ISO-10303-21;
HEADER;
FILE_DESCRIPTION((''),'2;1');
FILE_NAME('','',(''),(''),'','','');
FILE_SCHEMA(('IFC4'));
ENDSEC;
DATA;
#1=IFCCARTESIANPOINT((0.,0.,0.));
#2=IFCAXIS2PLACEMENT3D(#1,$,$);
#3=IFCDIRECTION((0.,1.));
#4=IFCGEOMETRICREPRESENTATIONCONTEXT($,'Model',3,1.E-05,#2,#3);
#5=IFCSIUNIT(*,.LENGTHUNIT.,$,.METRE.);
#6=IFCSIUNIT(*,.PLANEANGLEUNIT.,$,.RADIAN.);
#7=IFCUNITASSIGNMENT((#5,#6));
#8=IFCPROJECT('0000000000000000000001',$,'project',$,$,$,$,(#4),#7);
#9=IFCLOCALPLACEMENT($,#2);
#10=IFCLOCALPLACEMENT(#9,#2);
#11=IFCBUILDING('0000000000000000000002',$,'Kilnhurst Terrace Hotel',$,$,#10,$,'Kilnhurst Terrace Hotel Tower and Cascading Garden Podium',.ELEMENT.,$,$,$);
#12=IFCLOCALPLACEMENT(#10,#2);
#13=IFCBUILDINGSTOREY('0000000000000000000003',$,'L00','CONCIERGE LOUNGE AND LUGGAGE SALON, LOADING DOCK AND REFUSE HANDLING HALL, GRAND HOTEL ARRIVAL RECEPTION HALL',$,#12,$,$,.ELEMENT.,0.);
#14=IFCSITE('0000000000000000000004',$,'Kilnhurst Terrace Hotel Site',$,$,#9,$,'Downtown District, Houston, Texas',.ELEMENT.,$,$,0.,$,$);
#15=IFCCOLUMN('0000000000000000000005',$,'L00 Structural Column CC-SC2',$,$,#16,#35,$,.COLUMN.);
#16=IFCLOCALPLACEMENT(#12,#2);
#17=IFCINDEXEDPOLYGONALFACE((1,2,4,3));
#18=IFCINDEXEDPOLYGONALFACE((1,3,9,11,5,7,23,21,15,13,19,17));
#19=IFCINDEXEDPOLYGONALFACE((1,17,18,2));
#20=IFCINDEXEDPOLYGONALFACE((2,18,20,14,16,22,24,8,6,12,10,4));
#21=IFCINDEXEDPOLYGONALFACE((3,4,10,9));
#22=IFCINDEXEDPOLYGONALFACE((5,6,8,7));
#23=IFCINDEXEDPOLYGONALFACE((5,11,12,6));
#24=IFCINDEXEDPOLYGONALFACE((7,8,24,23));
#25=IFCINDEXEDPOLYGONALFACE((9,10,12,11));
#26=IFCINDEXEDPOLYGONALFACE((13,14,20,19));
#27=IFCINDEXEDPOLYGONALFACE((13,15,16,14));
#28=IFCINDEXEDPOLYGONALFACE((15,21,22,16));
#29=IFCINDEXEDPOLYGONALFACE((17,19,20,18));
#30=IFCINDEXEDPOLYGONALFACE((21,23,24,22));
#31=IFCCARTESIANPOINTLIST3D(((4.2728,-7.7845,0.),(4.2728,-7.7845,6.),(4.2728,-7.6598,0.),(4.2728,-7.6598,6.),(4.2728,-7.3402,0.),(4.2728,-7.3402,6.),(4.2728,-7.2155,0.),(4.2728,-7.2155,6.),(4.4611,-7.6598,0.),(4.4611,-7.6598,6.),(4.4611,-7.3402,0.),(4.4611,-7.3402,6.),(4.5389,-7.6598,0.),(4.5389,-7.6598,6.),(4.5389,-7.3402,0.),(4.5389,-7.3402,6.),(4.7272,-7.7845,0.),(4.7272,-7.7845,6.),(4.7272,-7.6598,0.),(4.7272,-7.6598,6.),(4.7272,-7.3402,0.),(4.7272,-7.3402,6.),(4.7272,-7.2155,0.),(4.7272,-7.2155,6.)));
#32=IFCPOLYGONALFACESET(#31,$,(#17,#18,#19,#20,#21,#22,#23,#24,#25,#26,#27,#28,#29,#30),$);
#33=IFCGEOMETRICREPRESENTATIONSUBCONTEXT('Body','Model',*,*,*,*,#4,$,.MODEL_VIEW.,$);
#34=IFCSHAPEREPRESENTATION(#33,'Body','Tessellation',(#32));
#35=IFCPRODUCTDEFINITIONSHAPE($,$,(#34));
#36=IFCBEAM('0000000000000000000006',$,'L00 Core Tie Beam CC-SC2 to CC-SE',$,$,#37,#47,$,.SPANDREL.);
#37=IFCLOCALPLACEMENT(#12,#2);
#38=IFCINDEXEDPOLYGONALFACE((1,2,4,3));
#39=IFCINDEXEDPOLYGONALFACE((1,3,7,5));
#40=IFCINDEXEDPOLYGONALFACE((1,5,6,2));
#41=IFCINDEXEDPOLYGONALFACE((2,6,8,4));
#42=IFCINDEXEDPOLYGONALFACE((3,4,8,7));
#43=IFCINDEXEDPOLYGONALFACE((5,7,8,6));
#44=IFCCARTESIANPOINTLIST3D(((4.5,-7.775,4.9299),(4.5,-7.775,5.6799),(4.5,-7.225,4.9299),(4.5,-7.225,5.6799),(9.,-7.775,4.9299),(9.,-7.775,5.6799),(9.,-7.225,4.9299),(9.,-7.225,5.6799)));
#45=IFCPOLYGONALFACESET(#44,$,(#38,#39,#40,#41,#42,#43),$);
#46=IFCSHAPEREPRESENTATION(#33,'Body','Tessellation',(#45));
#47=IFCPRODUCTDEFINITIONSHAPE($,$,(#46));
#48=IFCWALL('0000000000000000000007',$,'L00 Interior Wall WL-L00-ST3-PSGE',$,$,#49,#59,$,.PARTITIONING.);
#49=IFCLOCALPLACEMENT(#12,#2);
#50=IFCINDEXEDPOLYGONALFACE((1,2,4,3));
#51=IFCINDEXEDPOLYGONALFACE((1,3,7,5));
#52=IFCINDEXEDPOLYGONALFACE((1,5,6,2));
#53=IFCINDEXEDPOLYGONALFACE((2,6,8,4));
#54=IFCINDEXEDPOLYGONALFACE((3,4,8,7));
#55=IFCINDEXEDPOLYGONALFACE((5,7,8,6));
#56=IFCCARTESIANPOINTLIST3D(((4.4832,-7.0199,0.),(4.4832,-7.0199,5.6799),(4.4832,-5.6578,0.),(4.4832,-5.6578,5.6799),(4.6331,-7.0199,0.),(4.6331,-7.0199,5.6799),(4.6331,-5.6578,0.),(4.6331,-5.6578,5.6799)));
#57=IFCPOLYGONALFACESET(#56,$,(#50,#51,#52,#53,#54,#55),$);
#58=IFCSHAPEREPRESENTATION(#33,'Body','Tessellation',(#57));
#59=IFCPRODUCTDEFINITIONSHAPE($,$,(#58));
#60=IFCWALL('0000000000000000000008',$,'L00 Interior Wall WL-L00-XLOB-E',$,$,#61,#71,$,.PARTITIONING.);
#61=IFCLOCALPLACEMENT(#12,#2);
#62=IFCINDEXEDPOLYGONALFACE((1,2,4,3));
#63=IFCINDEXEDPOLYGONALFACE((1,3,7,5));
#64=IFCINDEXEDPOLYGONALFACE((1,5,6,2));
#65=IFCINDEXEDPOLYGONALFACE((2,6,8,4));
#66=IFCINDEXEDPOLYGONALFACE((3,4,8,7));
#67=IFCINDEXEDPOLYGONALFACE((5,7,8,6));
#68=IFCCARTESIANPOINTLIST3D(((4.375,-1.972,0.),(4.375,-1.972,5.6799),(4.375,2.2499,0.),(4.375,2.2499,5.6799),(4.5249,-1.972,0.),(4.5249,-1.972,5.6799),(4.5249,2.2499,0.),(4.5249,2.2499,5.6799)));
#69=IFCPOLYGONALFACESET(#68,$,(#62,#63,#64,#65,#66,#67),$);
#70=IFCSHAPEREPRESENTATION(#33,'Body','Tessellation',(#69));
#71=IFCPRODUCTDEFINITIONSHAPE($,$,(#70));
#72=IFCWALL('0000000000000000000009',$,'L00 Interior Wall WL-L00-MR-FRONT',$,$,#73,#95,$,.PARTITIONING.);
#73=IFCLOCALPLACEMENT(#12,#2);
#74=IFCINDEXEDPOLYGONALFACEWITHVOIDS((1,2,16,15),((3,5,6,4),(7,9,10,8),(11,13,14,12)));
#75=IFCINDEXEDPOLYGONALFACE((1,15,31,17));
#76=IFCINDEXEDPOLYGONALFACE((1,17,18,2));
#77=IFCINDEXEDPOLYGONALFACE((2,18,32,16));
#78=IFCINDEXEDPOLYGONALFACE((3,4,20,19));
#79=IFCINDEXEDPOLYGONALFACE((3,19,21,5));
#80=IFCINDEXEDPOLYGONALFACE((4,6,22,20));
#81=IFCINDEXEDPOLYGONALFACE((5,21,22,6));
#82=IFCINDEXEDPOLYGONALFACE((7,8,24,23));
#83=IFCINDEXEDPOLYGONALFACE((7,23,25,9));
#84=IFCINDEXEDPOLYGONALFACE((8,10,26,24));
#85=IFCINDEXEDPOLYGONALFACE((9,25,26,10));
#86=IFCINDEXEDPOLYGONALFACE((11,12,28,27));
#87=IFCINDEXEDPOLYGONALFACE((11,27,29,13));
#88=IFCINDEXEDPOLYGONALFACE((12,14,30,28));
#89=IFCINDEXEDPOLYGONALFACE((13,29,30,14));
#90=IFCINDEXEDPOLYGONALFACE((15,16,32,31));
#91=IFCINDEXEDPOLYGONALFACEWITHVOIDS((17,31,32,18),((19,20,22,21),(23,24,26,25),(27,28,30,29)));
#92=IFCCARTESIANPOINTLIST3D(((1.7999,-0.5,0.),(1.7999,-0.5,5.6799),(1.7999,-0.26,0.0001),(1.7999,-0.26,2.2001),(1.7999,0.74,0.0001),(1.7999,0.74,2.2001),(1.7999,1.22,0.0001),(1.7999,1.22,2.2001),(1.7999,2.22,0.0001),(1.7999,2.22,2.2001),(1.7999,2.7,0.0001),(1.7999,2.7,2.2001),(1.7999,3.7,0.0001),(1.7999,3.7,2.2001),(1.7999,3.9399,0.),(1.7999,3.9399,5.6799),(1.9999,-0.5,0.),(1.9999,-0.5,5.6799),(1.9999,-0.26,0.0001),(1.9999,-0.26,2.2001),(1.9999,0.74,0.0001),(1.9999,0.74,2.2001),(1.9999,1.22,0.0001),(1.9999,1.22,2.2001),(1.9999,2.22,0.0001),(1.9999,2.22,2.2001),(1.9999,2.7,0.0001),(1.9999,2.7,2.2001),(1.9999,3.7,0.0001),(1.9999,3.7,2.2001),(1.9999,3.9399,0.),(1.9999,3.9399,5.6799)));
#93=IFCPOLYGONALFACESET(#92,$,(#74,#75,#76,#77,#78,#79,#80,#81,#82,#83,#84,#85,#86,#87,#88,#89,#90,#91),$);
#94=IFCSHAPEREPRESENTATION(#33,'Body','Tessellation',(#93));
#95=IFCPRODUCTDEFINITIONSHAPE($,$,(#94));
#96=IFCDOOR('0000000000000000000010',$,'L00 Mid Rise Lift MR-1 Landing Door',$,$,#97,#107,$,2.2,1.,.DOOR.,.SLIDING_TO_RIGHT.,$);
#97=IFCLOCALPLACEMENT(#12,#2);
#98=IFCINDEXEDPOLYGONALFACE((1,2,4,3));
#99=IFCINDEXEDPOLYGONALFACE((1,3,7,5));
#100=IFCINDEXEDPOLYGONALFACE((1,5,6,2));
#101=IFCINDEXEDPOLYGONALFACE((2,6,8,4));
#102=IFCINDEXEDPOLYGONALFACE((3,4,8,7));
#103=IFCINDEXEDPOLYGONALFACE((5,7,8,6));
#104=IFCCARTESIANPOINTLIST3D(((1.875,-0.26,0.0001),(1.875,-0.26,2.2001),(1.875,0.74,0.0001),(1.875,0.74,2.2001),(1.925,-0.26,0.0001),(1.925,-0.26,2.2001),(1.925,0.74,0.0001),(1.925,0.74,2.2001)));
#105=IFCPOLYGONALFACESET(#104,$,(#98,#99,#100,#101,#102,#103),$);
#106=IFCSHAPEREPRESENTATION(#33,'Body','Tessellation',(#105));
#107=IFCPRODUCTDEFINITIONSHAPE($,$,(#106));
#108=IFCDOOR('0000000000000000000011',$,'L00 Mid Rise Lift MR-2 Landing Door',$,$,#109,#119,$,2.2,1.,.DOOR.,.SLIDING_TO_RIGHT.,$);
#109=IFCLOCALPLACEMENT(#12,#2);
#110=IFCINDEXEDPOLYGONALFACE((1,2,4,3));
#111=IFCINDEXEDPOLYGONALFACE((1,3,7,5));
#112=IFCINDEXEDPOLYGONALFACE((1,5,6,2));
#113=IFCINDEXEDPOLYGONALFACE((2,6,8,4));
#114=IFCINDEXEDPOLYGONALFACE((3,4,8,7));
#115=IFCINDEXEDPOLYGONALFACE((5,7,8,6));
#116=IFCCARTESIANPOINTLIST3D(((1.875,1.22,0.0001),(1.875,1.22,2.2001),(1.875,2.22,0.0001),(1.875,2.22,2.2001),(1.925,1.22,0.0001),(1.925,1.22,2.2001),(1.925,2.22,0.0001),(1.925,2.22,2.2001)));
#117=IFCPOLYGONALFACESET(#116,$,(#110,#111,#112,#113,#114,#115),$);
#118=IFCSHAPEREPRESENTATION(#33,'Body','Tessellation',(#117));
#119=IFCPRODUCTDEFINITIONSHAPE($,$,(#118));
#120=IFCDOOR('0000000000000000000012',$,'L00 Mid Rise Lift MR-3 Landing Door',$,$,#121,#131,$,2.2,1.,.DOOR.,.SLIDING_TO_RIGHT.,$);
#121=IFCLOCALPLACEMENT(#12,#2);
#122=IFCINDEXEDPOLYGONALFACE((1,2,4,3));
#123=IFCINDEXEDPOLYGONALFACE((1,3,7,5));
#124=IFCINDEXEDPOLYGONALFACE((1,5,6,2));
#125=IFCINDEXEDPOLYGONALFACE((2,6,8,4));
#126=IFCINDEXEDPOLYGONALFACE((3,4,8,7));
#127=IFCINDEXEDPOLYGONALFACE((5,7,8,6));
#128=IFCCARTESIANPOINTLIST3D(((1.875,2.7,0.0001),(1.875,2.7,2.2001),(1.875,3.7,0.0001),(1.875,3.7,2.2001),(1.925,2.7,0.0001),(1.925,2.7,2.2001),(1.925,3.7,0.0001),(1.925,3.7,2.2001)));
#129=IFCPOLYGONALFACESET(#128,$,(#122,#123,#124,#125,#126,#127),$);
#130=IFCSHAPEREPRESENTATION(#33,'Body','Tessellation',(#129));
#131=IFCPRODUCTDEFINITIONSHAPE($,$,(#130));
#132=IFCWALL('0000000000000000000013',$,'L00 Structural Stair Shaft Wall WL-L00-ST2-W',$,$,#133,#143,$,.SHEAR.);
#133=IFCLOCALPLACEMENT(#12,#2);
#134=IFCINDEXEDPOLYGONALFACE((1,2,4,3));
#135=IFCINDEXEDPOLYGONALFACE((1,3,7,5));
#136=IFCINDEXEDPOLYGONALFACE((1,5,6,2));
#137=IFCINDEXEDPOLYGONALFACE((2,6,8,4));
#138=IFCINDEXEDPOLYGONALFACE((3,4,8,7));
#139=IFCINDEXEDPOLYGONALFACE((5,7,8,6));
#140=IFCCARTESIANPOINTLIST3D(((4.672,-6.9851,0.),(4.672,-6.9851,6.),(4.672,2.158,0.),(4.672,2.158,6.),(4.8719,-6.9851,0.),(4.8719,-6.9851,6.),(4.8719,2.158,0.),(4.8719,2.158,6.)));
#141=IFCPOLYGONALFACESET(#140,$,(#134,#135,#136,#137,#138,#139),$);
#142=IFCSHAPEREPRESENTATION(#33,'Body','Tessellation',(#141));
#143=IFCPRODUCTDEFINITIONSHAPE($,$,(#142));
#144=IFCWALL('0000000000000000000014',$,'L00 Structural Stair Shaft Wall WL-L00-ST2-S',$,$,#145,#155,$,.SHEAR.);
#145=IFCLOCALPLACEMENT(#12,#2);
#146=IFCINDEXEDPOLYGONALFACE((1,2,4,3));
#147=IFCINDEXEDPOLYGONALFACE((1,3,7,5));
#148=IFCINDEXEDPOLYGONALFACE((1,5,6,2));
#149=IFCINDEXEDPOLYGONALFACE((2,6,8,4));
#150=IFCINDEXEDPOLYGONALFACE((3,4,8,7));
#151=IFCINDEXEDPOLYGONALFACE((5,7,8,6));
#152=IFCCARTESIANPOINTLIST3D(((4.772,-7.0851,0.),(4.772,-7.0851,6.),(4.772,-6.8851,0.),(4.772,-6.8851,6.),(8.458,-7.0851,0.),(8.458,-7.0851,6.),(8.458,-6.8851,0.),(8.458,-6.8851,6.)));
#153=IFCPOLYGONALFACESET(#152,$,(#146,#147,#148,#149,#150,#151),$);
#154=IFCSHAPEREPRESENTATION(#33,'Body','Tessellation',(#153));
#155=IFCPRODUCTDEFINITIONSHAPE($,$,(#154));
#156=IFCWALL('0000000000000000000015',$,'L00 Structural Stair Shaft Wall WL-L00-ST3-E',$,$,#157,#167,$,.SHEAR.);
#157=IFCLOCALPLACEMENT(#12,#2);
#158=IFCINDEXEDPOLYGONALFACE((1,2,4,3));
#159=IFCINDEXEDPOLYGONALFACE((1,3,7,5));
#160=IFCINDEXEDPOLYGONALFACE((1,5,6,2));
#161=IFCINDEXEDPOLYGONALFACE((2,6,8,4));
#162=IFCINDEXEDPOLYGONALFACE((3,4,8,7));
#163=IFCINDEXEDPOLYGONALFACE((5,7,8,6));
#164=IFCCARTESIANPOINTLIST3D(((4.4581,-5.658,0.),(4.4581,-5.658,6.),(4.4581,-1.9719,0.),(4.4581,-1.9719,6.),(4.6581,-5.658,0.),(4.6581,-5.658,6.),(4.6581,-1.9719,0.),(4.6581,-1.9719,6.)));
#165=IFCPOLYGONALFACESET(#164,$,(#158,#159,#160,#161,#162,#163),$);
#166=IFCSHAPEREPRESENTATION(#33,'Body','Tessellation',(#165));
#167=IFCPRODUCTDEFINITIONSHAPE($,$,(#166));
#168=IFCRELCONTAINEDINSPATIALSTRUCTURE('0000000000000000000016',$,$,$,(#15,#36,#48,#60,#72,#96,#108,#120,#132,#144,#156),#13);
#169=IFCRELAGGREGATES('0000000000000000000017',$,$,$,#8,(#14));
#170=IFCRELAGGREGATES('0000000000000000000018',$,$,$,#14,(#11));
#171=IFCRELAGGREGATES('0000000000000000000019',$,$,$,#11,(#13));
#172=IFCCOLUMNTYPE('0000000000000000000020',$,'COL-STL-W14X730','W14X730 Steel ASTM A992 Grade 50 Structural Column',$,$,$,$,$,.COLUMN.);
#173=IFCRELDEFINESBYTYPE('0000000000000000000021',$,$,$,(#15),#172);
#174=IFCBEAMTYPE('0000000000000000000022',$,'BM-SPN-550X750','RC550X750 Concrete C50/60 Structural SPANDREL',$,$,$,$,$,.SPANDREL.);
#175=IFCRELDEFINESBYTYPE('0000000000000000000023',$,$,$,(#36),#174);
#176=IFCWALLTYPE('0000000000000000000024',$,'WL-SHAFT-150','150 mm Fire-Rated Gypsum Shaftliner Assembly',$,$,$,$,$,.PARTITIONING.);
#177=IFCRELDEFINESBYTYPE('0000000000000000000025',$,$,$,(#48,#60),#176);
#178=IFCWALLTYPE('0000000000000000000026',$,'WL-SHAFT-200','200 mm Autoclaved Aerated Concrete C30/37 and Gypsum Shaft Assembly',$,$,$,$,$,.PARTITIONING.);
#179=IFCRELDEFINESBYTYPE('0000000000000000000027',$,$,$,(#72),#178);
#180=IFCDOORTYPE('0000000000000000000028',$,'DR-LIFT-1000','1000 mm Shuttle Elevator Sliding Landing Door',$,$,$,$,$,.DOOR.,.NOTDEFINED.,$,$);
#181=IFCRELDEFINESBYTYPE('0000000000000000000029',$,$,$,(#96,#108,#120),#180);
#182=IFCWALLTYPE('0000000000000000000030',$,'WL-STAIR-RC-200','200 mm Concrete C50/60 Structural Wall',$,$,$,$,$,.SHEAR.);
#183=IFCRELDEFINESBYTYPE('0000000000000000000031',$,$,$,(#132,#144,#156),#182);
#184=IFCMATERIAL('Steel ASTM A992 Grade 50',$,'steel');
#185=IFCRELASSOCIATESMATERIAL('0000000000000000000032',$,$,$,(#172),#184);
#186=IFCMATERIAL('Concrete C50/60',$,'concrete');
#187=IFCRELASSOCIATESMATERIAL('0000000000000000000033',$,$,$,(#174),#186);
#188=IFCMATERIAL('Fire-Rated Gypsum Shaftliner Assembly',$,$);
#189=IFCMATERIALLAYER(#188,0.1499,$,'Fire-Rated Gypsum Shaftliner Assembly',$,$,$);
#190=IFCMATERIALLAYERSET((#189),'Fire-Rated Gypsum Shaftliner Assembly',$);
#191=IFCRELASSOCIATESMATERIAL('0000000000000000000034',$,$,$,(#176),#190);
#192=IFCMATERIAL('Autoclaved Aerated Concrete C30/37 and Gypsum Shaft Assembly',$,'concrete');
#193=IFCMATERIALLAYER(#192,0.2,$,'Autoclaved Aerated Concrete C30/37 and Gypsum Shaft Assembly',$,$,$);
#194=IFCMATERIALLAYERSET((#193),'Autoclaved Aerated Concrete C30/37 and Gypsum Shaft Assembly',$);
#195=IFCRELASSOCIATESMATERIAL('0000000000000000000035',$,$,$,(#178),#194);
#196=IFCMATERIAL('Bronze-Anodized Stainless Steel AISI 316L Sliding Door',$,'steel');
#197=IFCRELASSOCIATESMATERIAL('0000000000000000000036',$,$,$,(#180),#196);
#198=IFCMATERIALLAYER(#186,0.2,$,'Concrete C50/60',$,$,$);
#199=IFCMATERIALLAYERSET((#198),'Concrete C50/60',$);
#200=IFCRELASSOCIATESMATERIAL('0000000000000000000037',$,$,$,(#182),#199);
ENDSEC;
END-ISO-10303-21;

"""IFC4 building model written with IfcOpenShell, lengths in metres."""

from ifc_helpers import new_model, si_unit, direction, frame, frame_2d, origin, origin_2d, place, context, subcontext, project, spatial, rectangle, i_section, extrude, material, layer, layer_set, material_profile, profile_set, type_object, element, fill, save


model = new_model("IFC4")

# Units and contexts
model_context = context("Model", 3, precision=1e-05, world=origin(), true_north=direction((0.0, 1.0)))
body_context = subcontext(model_context, "Body", "Model", "MODEL_VIEW")
ifc_project = project(units=[si_unit("LENGTHUNIT", "METRE"), si_unit("PLANEANGLEUNIT", "RADIAN")], contexts=[model_context])

# Site, building, storey
site_placement = place(None, origin())
site = spatial("IfcSite", under=ifc_project, at=site_placement, Name="Kilnhurst Terrace Hotel Site", LongName="Downtown District, Houston, Texas", CompositionType="ELEMENT", RefElevation=0.0)
building_placement = place(site_placement, origin())
building = spatial("IfcBuilding", under=site, at=building_placement, Name="Kilnhurst Terrace Hotel", LongName="Kilnhurst Terrace Hotel Tower and Cascading Garden Podium", CompositionType="ELEMENT")
storey_placement = place(building_placement, origin())
storey = spatial("IfcBuildingStorey", under=building, at=storey_placement, Name="L00", Description="CONCIERGE LOUNGE AND LUGGAGE SALON, LOADING DOCK AND REFUSE HANDLING HALL, GRAND HOTEL ARRIVAL RECEPTION HALL", CompositionType="ELEMENT", Elevation=0.0)

# Column
ifc_material_1 = material(Name="Steel ASTM A992 Grade 50", Category="steel")
ifc_material_profile_1 = material_profile(ifc_material_1, i_section(OverallWidth=0.4543, OverallDepth=0.5691, WebThickness=0.0779, FlangeThickness=0.1248, at=origin_2d()), Name="W14X730")
ifc_profile_set_1 = profile_set([ifc_material_profile_1], Name="Steel ASTM A992 Grade 50")
column_type = type_object("IfcColumnType", Name="COL-STL-W14X730", Description="W14X730 Steel ASTM A992 Grade 50 Structural Column", PredefinedType="COLUMN", material=ifc_profile_set_1)
column_placement = place(storey_placement, frame((4.5, -7.5, 0.0), z_axis=(0.0, 0.0, 1.0), x_axis=(1.0, 0.0, 0.0)))
element("IfcColumn", 1, at=column_placement, inside=storey, type_object=column_type, Name="L00 Structural Column CC-SC2", PredefinedType="COLUMN", context=body_context, shape_type="SweptSolid", body=[
    extrude(i_section(OverallWidth=0.4543, OverallDepth=0.5691, WebThickness=0.0779, FlangeThickness=0.1248, at=origin_2d()), origin(), (0.0, 0.0, 1.0), 6.0),
])

# Beam
ifc_material_2 = material(Name="Concrete C50/60", Category="concrete")
ifc_material_profile_2 = material_profile(ifc_material_2, rectangle(XDim=0.55, YDim=0.75, at=origin_2d()), Name="RC550X750")
ifc_profile_set_2 = profile_set([ifc_material_profile_2], Name="Concrete C50/60")
beam_type = type_object("IfcBeamType", Name="BM-SPN-550X750", Description="RC550X750 Concrete C50/60 Structural SPANDREL", PredefinedType="SPANDREL", material=ifc_profile_set_2)
beam_placement = place(storey_placement, frame((4.5, -7.5, 5.3049), z_axis=(1.0, 0.0, 0.0), x_axis=(0.0, 1.0, 0.0)))
element("IfcBeam", 2, at=beam_placement, inside=storey, type_object=beam_type, Name="L00 Core Tie Beam CC-SC2 to CC-SE", PredefinedType="SPANDREL", context=body_context, shape_type="SweptSolid", body=[
    extrude(rectangle(XDim=0.55, YDim=0.75, at=origin_2d()), origin(), (0.0, 0.0, 1.0), 4.5),
])

# Walls
ifc_material_3 = material(Name="Fire-Rated Gypsum Shaftliner Assembly")
ifc_layer_1 = layer(ifc_material_3, 0.1499, Name="Fire-Rated Gypsum Shaftliner Assembly")
ifc_layer_set_1 = layer_set([ifc_layer_1], Name="Fire-Rated Gypsum Shaftliner Assembly")
wall_type_1 = type_object("IfcWallType", Name="WL-SHAFT-150", Description="150 mm Fire-Rated Gypsum Shaftliner Assembly", PredefinedType="PARTITIONING", material=ifc_layer_set_1)
wall_1_placement = place(storey_placement, frame((4.5581, -7.02, 0.0), z_axis=(0.0, 0.0, 1.0), x_axis=(0.0, 1.0, 0.0)))
element("IfcWall", 3, at=wall_1_placement, inside=storey, type_object=wall_type_1, Name="L00 Interior Wall WL-L00-ST3-PSGE", PredefinedType="PARTITIONING", context=body_context, shape_type="SweptSolid", body=[
    extrude(rectangle(XDim=1.3621, YDim=0.1499, at=frame_2d((0.6812, 0.0))), origin(), (0.0, 0.0, 1.0), 5.6799),
])
wall_2_placement = place(storey_placement, frame((4.45, -1.9719, 0.0), z_axis=(0.0, 0.0, 1.0), x_axis=(0.0, 1.0, 0.0)))
element("IfcWall", 4, at=wall_2_placement, inside=storey, type_object=wall_type_1, Name="L00 Interior Wall WL-L00-XLOB-E", PredefinedType="PARTITIONING", context=body_context, shape_type="SweptSolid", body=[
    extrude(rectangle(XDim=4.2219, YDim=0.1499, at=frame_2d((2.1108, 0.0))), origin(), (0.0, 0.0, 1.0), 5.6799),
])

# Wall, openings, doors
ifc_material_4 = material(Name="Autoclaved Aerated Concrete C30/37 and Gypsum Shaft Assembly", Category="concrete")
ifc_layer_2 = layer(ifc_material_4, 0.2, Name="Autoclaved Aerated Concrete C30/37 and Gypsum Shaft Assembly")
ifc_layer_set_2 = layer_set([ifc_layer_2], Name="Autoclaved Aerated Concrete C30/37 and Gypsum Shaft Assembly")
wall_type_2 = type_object("IfcWallType", Name="WL-SHAFT-200", Description="200 mm Autoclaved Aerated Concrete C30/37 and Gypsum Shaft Assembly", PredefinedType="PARTITIONING", material=ifc_layer_set_2)
wall_3_placement = place(storey_placement, frame((1.8999, -0.5, 0.0), z_axis=(0.0, 0.0, 1.0), x_axis=(0.0, 1.0, 0.0)))
wall_3 = element("IfcWall", 5, at=wall_3_placement, inside=storey, type_object=wall_type_2, Name="L00 Interior Wall WL-L00-MR-FRONT", PredefinedType="PARTITIONING", context=body_context, shape_type="SweptSolid", body=[
    extrude(rectangle(XDim=4.4399, YDim=0.2, at=frame_2d((2.22, 0.0))), origin(), (0.0, 0.0, 1.0), 5.6799),
])
opening_1_placement = place(wall_3_placement, frame((0.24, 0.0, 0.0)))
opening_1 = element("IfcOpeningElement", 6, at=opening_1_placement, cuts=wall_3, PredefinedType="OPENING", context=body_context, shape_type="SweptSolid", body=[
    extrude(rectangle(XDim=1.0, YDim=2.2, at=frame_2d((0.5, 1.1001))), frame((0.0, 0.1099, 0.0), z_axis=(0.0, -1.0, 0.0), x_axis=(1.0, 0.0, 0.0)), (0.0, 0.0, 1.0), 0.22),
])
opening_2_placement = place(wall_3_placement, frame((1.72, 0.0, 0.0)))
opening_2 = element("IfcOpeningElement", 7, at=opening_2_placement, cuts=wall_3, PredefinedType="OPENING", context=body_context, shape_type="SweptSolid", body=[
    extrude(rectangle(XDim=1.0, YDim=2.2, at=frame_2d((0.5, 1.1001))), frame((0.0, 0.1099, 0.0), z_axis=(0.0, -1.0, 0.0), x_axis=(1.0, 0.0, 0.0)), (0.0, 0.0, 1.0), 0.22),
])
opening_3_placement = place(wall_3_placement, frame((3.2, 0.0, 0.0)))
opening_3 = element("IfcOpeningElement", 8, at=opening_3_placement, cuts=wall_3, PredefinedType="OPENING", context=body_context, shape_type="SweptSolid", body=[
    extrude(rectangle(XDim=1.0, YDim=2.2, at=frame_2d((0.5, 1.1001))), frame((0.0, 0.1099, 0.0), z_axis=(0.0, -1.0, 0.0), x_axis=(1.0, 0.0, 0.0)), (0.0, 0.0, 1.0), 0.22),
])
ifc_material_5 = material(Name="Bronze-Anodized Stainless Steel AISI 316L Sliding Door", Category="steel")
door_type = type_object("IfcDoorType", Name="DR-LIFT-1000", Description="1000 mm Shuttle Elevator Sliding Landing Door", OperationType="NOTDEFINED", PredefinedType="DOOR", material=ifc_material_5)
door_1_placement = place(opening_1_placement, origin())
door_1 = element("IfcDoor", 9, at=door_1_placement, inside=storey, type_object=door_type, Name="L00 Mid Rise Lift MR-1 Landing Door", OperationType="SLIDING_TO_RIGHT", OverallHeight=2.2, OverallWidth=1.0, PredefinedType="DOOR", context=body_context, shape_type="SweptSolid", body=[
    extrude(rectangle(XDim=1.0, YDim=2.2, at=frame_2d((0.5, 1.1001))), frame((0.0, 0.0249, 0.0), z_axis=(0.0, -1.0, 0.0), x_axis=(1.0, 0.0, 0.0)), (0.0, 0.0, 1.0), 0.05),
])
fill(opening_1, door_1)
door_2_placement = place(opening_2_placement, origin())
door_2 = element("IfcDoor", 10, at=door_2_placement, inside=storey, type_object=door_type, Name="L00 Mid Rise Lift MR-2 Landing Door", OperationType="SLIDING_TO_RIGHT", OverallHeight=2.2, OverallWidth=1.0, PredefinedType="DOOR", context=body_context, shape_type="SweptSolid", body=[
    extrude(rectangle(XDim=1.0, YDim=2.2, at=frame_2d((0.5, 1.1001))), frame((0.0, 0.0249, 0.0), z_axis=(0.0, -1.0, 0.0), x_axis=(1.0, 0.0, 0.0)), (0.0, 0.0, 1.0), 0.05),
])
fill(opening_2, door_2)
door_3_placement = place(opening_3_placement, origin())
door_3 = element("IfcDoor", 11, at=door_3_placement, inside=storey, type_object=door_type, Name="L00 Mid Rise Lift MR-3 Landing Door", OperationType="SLIDING_TO_RIGHT", OverallHeight=2.2, OverallWidth=1.0, PredefinedType="DOOR", context=body_context, shape_type="SweptSolid", body=[
    extrude(rectangle(XDim=1.0, YDim=2.2, at=frame_2d((0.5, 1.1001))), frame((0.0, 0.0249, 0.0), z_axis=(0.0, -1.0, 0.0), x_axis=(1.0, 0.0, 0.0)), (0.0, 0.0, 1.0), 0.05),
])
fill(opening_3, door_3)

# Walls
ifc_layer_3 = layer(ifc_material_2, 0.2, Name="Concrete C50/60")
ifc_layer_set_3 = layer_set([ifc_layer_3], Name="Concrete C50/60")
wall_type_3 = type_object("IfcWallType", Name="WL-STAIR-RC-200", Description="200 mm Concrete C50/60 Structural Wall", PredefinedType="SHEAR", material=ifc_layer_set_3)
wall_4_placement = place(storey_placement, frame((4.772, -6.9851, 0.0), z_axis=(0.0, 0.0, 1.0), x_axis=(0.0, 1.0, 0.0)))
element("IfcWall", 12, at=wall_4_placement, inside=storey, type_object=wall_type_3, Name="L00 Structural Stair Shaft Wall WL-L00-ST2-W", PredefinedType="SHEAR", context=body_context, shape_type="SweptSolid", body=[
    extrude(rectangle(XDim=9.1431, YDim=0.2, at=frame_2d((4.5715, 0.0))), origin(), (0.0, 0.0, 1.0), 6.0),
])
for number, where, z_axis, x_axis, name in (
    (13, (4.772, -6.9851, 0.0), (0.0, 0.0, 1.0), (1.0, 0.0, 0.0), "L00 Structural Stair Shaft Wall WL-L00-ST2-S"),
    (14, (4.5581, -5.658, 0.0), (0.0, 0.0, 1.0), (0.0, 1.0, 0.0), "L00 Structural Stair Shaft Wall WL-L00-ST3-E"),
):
    element("IfcWall", number, at=place(storey_placement, frame(where, z_axis=z_axis, x_axis=x_axis)), inside=storey, type_object=wall_type_3, Name=name, PredefinedType="SHEAR", context=body_context, shape_type="SweptSolid", body=[
        extrude(rectangle(XDim=3.686, YDim=0.2, at=frame_2d((1.843, 0.0))), origin(), (0.0, 0.0, 1.0), 6.0),
    ])

save(model, "model.ifc")
